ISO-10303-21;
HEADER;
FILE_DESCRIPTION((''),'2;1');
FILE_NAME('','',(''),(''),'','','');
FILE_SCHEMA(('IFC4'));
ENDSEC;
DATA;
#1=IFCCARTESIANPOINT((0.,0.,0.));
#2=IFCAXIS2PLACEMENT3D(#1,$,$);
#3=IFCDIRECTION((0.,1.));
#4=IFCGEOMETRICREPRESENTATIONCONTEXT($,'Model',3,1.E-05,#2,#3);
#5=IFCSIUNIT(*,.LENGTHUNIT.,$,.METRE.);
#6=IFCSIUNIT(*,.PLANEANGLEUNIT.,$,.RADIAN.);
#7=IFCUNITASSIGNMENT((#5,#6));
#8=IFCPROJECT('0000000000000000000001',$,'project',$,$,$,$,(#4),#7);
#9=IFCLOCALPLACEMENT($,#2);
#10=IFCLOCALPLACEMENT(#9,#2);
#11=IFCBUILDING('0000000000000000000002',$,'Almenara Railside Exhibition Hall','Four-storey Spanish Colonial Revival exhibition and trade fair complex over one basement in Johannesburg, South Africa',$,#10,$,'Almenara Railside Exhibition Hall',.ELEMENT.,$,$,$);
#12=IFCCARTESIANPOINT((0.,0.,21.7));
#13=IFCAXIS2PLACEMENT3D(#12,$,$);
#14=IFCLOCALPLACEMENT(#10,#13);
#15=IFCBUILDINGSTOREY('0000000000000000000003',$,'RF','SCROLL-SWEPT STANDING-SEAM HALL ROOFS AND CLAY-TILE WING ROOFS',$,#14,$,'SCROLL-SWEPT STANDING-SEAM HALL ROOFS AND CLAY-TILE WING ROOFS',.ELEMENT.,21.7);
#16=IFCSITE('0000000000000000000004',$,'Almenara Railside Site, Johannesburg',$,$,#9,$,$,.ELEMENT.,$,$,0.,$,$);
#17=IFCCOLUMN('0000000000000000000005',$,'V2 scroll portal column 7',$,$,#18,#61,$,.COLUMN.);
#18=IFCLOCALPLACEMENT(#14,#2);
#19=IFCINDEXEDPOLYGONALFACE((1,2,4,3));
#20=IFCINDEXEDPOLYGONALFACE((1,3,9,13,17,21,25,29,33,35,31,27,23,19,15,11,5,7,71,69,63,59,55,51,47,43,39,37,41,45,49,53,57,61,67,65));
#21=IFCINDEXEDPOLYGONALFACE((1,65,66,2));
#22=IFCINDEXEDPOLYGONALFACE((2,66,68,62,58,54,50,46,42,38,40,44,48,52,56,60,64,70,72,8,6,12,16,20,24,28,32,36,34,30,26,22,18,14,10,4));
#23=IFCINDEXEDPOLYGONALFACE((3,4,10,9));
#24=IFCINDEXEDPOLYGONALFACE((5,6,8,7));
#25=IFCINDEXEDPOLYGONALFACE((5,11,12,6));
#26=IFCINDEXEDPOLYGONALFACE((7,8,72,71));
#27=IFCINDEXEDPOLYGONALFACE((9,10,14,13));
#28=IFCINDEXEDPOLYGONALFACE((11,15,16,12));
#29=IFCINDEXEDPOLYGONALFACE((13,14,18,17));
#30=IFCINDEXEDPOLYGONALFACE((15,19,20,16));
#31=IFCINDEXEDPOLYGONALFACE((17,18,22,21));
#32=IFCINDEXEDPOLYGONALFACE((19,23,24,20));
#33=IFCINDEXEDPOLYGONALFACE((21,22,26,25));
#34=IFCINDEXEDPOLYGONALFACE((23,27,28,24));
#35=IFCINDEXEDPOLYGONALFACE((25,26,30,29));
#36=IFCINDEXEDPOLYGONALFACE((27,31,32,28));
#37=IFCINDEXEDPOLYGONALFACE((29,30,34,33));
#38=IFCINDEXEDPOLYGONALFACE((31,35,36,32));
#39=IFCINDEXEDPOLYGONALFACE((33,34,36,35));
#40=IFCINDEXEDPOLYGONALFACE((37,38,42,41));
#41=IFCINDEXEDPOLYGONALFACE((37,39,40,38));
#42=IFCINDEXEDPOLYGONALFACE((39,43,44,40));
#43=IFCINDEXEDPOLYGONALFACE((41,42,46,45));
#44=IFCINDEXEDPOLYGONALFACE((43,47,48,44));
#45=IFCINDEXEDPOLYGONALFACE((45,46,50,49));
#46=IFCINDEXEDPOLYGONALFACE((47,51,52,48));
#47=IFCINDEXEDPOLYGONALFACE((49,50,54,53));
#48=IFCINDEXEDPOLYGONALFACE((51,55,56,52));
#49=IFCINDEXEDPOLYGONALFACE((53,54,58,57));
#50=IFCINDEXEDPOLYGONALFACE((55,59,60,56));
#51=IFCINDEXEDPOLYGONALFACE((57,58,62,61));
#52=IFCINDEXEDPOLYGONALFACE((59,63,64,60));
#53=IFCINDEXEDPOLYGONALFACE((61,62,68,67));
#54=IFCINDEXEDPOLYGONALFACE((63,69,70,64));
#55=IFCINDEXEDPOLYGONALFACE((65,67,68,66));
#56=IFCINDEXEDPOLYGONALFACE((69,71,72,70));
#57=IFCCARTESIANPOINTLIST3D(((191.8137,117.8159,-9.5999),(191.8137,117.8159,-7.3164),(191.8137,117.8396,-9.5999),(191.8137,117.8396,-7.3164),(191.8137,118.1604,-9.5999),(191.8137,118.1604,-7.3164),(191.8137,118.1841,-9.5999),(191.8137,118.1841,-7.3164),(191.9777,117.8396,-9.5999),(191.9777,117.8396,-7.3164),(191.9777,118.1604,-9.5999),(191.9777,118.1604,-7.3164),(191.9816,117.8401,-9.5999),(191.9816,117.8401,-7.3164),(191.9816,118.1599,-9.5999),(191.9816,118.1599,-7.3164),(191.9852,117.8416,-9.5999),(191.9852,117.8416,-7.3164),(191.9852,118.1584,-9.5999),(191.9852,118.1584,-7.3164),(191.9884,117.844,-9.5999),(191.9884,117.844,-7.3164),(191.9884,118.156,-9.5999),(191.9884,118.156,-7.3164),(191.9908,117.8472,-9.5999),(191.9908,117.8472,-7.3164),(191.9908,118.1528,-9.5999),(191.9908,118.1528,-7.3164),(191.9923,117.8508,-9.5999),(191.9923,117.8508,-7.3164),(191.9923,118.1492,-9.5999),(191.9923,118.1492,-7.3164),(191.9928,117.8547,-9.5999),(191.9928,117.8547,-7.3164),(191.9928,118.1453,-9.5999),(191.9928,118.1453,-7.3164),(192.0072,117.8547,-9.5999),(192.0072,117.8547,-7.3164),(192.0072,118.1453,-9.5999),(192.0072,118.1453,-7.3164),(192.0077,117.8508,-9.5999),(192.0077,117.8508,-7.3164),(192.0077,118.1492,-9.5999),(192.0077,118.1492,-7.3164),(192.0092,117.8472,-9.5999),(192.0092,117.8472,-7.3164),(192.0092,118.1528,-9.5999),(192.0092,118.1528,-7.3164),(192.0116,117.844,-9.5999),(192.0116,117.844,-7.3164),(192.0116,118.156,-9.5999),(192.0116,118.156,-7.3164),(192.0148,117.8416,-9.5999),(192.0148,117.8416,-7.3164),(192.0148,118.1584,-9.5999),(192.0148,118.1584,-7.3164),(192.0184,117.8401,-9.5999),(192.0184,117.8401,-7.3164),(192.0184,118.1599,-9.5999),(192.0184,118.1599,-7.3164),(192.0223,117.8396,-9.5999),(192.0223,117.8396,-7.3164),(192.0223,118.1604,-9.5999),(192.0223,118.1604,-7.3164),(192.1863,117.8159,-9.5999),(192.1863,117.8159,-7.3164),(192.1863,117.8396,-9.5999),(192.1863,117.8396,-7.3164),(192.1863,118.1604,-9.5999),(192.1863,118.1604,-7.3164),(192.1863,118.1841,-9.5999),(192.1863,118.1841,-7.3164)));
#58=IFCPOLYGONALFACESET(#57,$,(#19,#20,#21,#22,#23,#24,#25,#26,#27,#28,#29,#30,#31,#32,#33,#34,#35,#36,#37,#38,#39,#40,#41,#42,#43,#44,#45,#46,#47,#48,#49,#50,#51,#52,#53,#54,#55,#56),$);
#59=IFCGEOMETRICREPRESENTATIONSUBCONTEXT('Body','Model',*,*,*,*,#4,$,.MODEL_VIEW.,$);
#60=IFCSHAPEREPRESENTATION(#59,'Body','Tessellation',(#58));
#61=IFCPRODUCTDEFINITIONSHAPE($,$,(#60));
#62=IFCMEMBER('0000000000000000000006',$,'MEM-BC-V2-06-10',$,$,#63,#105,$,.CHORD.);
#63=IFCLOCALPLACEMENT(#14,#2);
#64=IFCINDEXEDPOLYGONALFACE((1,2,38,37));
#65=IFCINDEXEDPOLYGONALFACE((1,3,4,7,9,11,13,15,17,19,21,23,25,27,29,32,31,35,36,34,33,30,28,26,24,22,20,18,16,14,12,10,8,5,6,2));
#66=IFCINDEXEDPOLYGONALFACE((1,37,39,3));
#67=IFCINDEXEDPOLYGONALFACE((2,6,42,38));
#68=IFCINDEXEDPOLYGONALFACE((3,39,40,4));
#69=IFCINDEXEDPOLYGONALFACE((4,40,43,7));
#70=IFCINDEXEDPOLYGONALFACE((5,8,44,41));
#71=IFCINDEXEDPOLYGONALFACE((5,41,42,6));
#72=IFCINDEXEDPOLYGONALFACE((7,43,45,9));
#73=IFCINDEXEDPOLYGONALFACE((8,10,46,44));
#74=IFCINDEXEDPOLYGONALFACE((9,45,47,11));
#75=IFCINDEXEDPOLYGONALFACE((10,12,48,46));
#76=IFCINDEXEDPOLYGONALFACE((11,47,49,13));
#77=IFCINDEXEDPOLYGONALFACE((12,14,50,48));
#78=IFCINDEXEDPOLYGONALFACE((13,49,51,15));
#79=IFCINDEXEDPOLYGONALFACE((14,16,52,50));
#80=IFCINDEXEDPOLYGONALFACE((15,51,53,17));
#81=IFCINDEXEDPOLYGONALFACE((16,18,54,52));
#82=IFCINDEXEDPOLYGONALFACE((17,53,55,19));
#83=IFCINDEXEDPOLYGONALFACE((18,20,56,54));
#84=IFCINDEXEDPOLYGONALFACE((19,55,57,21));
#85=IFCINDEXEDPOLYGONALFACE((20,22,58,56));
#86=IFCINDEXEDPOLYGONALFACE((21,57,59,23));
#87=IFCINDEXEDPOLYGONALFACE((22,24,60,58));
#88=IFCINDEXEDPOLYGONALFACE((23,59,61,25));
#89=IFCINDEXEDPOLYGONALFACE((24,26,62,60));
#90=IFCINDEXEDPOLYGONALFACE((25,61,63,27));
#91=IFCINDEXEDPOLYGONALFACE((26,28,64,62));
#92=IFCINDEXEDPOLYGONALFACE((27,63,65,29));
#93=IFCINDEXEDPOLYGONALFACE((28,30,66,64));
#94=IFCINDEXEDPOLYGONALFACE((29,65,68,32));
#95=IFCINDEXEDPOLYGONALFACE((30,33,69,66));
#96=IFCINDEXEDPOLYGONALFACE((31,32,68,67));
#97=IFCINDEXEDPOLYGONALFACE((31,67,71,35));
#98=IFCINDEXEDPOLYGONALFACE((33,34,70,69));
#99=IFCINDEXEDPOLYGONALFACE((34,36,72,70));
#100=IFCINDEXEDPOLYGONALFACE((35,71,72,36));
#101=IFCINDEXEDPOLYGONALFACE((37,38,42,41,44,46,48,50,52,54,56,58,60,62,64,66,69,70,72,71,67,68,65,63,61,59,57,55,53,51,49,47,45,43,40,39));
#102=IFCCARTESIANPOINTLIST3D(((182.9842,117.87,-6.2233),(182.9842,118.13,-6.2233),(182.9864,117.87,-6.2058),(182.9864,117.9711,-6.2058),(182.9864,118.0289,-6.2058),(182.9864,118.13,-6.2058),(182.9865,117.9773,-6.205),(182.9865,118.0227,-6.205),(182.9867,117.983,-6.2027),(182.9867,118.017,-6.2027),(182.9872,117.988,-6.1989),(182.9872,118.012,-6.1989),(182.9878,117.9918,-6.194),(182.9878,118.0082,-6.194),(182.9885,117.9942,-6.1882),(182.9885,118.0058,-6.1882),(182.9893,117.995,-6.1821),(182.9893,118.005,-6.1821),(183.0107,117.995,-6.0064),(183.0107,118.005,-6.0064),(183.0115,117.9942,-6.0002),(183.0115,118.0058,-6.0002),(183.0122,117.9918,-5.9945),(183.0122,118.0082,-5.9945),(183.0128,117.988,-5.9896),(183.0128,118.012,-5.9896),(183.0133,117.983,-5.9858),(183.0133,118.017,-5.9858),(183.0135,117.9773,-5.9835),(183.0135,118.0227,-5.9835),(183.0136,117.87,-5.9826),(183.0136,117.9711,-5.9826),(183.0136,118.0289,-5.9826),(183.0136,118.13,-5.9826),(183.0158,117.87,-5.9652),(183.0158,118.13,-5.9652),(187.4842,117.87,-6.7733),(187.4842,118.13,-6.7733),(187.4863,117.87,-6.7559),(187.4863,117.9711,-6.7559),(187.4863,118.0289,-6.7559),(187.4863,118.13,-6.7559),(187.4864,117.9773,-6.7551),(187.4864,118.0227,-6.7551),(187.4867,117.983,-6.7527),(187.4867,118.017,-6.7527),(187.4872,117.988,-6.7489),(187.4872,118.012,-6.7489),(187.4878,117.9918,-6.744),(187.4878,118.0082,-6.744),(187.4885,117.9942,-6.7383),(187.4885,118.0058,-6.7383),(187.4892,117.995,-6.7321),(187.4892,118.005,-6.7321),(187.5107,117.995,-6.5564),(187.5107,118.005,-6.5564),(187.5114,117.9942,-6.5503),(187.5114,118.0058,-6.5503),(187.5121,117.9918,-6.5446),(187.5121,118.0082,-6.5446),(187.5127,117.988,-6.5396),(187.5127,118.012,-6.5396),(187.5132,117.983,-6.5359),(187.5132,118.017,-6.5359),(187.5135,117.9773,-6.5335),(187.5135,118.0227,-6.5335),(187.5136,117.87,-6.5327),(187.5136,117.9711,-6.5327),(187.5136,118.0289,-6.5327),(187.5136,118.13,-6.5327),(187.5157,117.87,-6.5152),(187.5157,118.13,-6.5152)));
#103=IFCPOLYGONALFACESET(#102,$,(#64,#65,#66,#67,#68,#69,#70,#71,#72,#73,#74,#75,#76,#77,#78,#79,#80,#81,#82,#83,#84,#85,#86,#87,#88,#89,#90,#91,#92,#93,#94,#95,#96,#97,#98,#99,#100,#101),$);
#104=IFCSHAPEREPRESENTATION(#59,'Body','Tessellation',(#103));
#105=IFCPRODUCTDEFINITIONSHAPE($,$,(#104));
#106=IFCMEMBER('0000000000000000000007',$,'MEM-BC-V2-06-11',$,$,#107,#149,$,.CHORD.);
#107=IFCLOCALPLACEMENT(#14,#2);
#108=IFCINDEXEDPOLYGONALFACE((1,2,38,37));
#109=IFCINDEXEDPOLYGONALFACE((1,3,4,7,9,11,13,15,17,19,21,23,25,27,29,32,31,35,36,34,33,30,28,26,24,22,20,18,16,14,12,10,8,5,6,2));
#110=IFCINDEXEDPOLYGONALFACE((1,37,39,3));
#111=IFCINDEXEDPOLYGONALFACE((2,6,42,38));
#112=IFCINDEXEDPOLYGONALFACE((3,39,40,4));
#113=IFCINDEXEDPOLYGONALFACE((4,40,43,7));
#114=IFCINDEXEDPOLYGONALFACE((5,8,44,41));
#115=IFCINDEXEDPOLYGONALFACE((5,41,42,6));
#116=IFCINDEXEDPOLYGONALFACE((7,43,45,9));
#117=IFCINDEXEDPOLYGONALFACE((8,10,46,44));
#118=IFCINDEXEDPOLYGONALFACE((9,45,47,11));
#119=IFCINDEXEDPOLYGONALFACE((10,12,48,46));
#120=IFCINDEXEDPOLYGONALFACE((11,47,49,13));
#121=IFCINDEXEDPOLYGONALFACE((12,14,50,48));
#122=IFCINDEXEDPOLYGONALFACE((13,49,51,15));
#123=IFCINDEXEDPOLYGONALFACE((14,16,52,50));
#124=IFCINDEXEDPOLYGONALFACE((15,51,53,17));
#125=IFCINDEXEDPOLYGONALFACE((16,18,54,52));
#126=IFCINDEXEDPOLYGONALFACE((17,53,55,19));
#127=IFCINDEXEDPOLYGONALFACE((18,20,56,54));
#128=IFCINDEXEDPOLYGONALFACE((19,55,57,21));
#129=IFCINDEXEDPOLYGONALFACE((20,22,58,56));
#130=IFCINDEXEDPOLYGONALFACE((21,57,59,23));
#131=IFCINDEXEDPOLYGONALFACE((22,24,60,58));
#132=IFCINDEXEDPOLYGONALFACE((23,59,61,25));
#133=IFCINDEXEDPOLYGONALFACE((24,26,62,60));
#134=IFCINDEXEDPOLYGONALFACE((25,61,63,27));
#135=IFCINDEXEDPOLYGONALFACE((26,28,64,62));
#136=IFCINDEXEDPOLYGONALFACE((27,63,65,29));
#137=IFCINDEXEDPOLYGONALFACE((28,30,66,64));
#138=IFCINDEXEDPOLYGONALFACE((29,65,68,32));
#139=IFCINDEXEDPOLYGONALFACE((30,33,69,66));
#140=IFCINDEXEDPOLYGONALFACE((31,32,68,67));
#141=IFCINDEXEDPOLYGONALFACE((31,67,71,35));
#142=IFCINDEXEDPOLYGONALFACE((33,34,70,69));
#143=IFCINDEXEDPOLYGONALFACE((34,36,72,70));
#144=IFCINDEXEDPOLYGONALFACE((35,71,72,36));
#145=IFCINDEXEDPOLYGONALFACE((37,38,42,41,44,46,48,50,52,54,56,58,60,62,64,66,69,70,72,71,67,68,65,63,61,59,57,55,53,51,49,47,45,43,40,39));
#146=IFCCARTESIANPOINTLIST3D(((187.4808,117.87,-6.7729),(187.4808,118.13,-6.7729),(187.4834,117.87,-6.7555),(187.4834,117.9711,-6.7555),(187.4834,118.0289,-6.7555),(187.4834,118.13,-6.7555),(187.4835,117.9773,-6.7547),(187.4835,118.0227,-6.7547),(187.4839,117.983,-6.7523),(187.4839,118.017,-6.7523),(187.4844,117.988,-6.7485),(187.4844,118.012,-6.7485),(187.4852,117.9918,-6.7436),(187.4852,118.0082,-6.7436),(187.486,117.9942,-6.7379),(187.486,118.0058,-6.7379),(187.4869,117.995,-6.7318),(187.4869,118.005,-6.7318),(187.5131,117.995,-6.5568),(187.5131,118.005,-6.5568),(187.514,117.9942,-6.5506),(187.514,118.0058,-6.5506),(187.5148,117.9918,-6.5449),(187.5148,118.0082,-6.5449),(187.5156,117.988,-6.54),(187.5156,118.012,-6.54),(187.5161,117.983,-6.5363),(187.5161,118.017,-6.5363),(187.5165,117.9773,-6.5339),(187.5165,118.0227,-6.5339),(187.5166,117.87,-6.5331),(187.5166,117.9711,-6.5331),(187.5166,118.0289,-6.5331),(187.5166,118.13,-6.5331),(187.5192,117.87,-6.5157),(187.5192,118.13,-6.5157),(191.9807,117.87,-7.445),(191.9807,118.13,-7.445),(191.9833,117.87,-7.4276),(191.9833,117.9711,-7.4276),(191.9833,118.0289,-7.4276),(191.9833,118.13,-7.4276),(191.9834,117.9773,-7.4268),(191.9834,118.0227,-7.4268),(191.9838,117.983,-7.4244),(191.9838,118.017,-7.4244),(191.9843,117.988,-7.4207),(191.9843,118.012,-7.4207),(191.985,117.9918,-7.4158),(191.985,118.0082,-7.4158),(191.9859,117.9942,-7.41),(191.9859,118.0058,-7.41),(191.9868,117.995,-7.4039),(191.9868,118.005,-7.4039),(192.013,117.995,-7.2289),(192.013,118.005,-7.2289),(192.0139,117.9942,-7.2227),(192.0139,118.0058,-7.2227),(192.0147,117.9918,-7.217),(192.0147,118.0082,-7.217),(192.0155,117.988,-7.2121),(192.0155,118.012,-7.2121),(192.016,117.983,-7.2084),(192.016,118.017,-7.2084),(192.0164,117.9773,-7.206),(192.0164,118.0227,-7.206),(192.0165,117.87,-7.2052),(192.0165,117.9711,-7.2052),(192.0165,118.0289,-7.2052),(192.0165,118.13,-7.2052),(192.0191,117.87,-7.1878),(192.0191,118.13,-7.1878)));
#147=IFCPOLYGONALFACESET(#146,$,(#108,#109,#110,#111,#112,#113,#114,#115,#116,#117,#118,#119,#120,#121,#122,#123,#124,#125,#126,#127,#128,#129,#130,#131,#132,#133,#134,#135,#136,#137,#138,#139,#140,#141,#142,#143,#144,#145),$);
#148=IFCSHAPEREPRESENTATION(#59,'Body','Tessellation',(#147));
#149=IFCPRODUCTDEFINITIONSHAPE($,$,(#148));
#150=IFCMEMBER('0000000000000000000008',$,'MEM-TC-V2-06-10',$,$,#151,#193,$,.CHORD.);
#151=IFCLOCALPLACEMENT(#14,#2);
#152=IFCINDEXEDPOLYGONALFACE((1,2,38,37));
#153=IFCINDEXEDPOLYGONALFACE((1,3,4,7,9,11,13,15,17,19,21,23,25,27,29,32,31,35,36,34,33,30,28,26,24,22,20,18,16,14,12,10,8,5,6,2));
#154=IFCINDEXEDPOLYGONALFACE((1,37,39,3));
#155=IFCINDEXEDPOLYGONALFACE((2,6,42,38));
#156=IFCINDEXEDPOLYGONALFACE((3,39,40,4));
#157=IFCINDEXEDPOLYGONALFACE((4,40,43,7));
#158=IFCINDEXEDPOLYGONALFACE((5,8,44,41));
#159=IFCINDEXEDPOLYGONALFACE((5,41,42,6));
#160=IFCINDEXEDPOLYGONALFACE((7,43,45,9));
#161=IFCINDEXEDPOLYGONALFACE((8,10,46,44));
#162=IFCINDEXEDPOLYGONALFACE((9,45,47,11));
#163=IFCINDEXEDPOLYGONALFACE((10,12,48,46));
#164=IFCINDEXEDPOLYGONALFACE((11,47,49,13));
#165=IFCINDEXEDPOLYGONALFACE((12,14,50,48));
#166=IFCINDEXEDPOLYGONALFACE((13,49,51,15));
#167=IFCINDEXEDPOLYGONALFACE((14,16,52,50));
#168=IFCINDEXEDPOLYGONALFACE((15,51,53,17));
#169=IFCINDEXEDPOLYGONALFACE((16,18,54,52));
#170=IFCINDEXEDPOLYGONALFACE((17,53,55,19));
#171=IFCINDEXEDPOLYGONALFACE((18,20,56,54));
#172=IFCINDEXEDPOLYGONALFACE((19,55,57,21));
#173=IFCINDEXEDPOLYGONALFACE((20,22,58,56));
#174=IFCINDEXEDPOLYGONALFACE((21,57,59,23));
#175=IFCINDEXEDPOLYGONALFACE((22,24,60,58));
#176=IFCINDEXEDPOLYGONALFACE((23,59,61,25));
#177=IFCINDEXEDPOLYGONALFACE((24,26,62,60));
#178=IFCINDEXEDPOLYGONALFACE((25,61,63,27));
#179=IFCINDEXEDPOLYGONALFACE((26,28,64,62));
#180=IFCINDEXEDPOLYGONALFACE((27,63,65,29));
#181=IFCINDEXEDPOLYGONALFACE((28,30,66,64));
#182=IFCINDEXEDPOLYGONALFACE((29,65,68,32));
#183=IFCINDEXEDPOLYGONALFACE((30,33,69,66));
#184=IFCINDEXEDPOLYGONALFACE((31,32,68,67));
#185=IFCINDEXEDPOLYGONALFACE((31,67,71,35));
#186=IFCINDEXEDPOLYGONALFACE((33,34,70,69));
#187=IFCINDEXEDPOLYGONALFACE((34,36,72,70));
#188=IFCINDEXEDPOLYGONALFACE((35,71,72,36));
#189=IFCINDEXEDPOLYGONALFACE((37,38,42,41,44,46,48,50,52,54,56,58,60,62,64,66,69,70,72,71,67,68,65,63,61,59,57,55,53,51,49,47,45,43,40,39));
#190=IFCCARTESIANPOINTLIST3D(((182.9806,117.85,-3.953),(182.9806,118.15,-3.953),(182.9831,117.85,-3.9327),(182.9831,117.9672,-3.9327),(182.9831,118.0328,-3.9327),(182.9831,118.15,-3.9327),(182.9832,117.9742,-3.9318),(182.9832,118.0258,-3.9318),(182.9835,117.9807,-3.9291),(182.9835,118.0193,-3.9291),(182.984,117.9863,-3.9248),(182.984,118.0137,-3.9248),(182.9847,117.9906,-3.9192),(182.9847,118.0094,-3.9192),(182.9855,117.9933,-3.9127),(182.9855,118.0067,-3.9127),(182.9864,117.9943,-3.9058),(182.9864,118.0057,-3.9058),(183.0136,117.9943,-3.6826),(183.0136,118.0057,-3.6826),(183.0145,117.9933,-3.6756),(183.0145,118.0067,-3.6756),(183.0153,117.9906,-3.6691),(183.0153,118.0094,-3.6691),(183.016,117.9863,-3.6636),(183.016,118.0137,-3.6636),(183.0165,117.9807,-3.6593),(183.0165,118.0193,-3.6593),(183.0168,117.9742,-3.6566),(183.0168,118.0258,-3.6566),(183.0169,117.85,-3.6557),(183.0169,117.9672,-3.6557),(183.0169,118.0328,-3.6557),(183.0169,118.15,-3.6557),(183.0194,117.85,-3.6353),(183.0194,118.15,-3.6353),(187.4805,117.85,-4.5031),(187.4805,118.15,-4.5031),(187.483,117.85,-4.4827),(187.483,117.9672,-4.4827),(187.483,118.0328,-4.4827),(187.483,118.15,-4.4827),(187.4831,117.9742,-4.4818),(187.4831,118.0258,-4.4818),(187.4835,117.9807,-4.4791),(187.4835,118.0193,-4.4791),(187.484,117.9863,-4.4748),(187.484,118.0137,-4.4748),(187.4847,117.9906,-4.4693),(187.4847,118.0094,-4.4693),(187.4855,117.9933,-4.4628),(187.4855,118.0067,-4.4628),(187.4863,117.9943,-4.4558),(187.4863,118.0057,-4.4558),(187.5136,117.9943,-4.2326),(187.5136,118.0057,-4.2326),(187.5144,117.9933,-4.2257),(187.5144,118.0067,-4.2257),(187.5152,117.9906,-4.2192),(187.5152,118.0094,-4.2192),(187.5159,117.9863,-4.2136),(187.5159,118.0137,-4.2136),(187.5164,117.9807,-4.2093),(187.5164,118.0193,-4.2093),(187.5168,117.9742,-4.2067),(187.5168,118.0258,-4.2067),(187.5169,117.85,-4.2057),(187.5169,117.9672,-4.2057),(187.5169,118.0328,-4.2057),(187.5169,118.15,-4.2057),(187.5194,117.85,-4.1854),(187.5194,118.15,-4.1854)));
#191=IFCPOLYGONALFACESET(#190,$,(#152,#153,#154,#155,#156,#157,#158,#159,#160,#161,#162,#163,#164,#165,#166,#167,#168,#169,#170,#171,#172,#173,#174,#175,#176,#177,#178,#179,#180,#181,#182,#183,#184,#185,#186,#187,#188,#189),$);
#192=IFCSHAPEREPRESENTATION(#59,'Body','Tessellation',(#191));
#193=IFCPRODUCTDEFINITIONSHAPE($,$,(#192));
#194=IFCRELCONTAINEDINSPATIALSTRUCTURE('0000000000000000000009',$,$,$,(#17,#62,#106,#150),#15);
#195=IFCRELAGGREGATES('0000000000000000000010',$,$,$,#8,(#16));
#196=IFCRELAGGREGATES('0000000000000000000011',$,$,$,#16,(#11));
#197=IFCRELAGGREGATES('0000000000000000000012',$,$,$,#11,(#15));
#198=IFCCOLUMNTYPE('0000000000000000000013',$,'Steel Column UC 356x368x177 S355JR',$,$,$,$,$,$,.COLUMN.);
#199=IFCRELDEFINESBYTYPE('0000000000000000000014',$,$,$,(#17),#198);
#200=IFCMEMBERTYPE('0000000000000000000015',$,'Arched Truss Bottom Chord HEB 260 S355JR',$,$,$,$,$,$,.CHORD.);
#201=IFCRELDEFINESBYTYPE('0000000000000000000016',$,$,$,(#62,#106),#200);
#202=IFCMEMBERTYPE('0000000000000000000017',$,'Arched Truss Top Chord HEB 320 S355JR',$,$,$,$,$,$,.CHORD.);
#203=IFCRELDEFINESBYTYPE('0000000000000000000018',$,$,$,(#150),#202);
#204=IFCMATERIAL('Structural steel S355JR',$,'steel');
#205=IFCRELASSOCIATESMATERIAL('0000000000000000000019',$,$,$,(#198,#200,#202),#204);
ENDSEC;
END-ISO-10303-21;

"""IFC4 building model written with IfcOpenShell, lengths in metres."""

from ifc_helpers import new_model, si_unit, direction, frame, origin, origin_2d, place, context, subcontext, project, spatial, i_section, extrude, material, material_profile, profile_set, type_object, element, save


model = new_model("IFC4")

# Units and contexts
model_context = context("Model", 3, precision=1e-05, world=origin(), true_north=direction((0.0, 1.0)))
body_context = subcontext(model_context, "Body", "Model", "MODEL_VIEW")
ifc_project = project(units=[si_unit("LENGTHUNIT", "METRE"), si_unit("PLANEANGLEUNIT", "RADIAN")], contexts=[model_context])

# Site, building, storey
site_placement = place(None, origin())
site = spatial("IfcSite", under=ifc_project, at=site_placement, Name="Almenara Railside Site, Johannesburg", CompositionType="ELEMENT", RefElevation=0.0)
building_placement = place(site_placement, origin())
building = spatial("IfcBuilding", under=site, at=building_placement, Name="Almenara Railside Exhibition Hall", Description="Four-storey Spanish Colonial Revival exhibition and trade fair complex over one basement in Johannesburg, South Africa", LongName="Almenara Railside Exhibition Hall", CompositionType="ELEMENT")
storey_placement = place(building_placement, frame((0.0, 0.0, 21.7)))
storey = spatial("IfcBuildingStorey", under=building, at=storey_placement, Name="RF", Description="SCROLL-SWEPT STANDING-SEAM HALL ROOFS AND CLAY-TILE WING ROOFS", LongName="SCROLL-SWEPT STANDING-SEAM HALL ROOFS AND CLAY-TILE WING ROOFS", CompositionType="ELEMENT", Elevation=21.7)

# Column
ifc_material = material(Name="Structural steel S355JR", Category="steel")
ifc_material_profile_1 = material_profile(ifc_material, i_section(OverallWidth=0.3726, OverallDepth=0.3682, WebThickness=0.0144, FlangeThickness=0.0237, FilletRadius=0.0151, at=origin_2d()), Name="UC 356x368x177")
ifc_profile_set_1 = profile_set([ifc_material_profile_1], Name="Structural steel S355JR")
column_type = type_object("IfcColumnType", Name="Steel Column UC 356x368x177 S355JR", PredefinedType="COLUMN", material=ifc_profile_set_1)
column_placement = place(storey_placement, frame((192.0, 118.0, -9.5999), z_axis=(0.0, 0.0, 1.0), x_axis=(1.0, 0.0, 0.0)))
element("IfcColumn", 1, at=column_placement, inside=storey, type_object=column_type, Name="V2 scroll portal column 7", PredefinedType="COLUMN", context=body_context, shape_type="SweptSolid", body=[
    extrude(i_section(OverallWidth=0.3726, OverallDepth=0.3682, WebThickness=0.0144, FlangeThickness=0.0237, FilletRadius=0.0151, at=origin_2d()), origin(), (0.0, 0.0, 1.0), 2.2834),
])

# Members
ifc_material_profile_2 = material_profile(ifc_material, i_section(OverallWidth=0.26, OverallDepth=0.26, WebThickness=0.01, FlangeThickness=0.0176, FilletRadius=0.0239, at=origin_2d()), Name="HEB 260")
ifc_profile_set_2 = profile_set([ifc_material_profile_2], Name="Structural steel S355JR")
member_type_1 = type_object("IfcMemberType", Name="Arched Truss Bottom Chord HEB 260 S355JR", PredefinedType="CHORD", material=ifc_profile_set_2)
member_1_placement = place(storey_placement, frame((183.0, 118.0, -6.0942), z_axis=(0.992612, 0.0, -0.12133), x_axis=(0.0, 1.0, 0.0)))
element("IfcMember", 2, at=member_1_placement, inside=storey, type_object=member_type_1, Name="MEM-BC-V2-06-10", PredefinedType="CHORD", context=body_context, shape_type="SweptSolid", body=[
    extrude(i_section(OverallWidth=0.26, OverallDepth=0.26, WebThickness=0.01, FlangeThickness=0.0176, FilletRadius=0.0239, at=origin_2d()), origin(), (0.0, 0.0, 1.0), 4.5334),
])
member_2_placement = place(storey_placement, frame((187.5, 118.0, -6.6443), z_axis=(0.989029, 0.0, -0.147721), x_axis=(0.0, 1.0, 0.0)))
element("IfcMember", 3, at=member_2_placement, inside=storey, type_object=member_type_1, Name="MEM-BC-V2-06-11", PredefinedType="CHORD", context=body_context, shape_type="SweptSolid", body=[
    extrude(i_section(OverallWidth=0.26, OverallDepth=0.26, WebThickness=0.01, FlangeThickness=0.0176, FilletRadius=0.0239, at=origin_2d()), origin(), (0.0, 0.0, 1.0), 4.5498),
])
ifc_material_profile_3 = material_profile(ifc_material, i_section(OverallWidth=0.3, OverallDepth=0.3201, WebThickness=0.0115, FlangeThickness=0.0205, FilletRadius=0.0271, at=origin_2d()), Name="HEB 320")
ifc_profile_set_3 = profile_set([ifc_material_profile_3], Name="Structural steel S355JR")
member_type_2 = type_object("IfcMemberType", Name="Arched Truss Top Chord HEB 320 S355JR", PredefinedType="CHORD", material=ifc_profile_set_3)
member_3_placement = place(storey_placement, frame((183.0, 118.0, -3.7942), z_axis=(0.992612, 0.0, -0.12133), x_axis=(0.0, 1.0, 0.0)))
element("IfcMember", 4, at=member_3_placement, inside=storey, type_object=member_type_2, Name="MEM-TC-V2-06-10", PredefinedType="CHORD", context=body_context, shape_type="SweptSolid", body=[
    extrude(i_section(OverallWidth=0.3, OverallDepth=0.3201, WebThickness=0.0115, FlangeThickness=0.0205, FilletRadius=0.0271, at=origin_2d()), origin(), (0.0, 0.0, 1.0), 4.5334),
])

save(model, "model.ifc")
